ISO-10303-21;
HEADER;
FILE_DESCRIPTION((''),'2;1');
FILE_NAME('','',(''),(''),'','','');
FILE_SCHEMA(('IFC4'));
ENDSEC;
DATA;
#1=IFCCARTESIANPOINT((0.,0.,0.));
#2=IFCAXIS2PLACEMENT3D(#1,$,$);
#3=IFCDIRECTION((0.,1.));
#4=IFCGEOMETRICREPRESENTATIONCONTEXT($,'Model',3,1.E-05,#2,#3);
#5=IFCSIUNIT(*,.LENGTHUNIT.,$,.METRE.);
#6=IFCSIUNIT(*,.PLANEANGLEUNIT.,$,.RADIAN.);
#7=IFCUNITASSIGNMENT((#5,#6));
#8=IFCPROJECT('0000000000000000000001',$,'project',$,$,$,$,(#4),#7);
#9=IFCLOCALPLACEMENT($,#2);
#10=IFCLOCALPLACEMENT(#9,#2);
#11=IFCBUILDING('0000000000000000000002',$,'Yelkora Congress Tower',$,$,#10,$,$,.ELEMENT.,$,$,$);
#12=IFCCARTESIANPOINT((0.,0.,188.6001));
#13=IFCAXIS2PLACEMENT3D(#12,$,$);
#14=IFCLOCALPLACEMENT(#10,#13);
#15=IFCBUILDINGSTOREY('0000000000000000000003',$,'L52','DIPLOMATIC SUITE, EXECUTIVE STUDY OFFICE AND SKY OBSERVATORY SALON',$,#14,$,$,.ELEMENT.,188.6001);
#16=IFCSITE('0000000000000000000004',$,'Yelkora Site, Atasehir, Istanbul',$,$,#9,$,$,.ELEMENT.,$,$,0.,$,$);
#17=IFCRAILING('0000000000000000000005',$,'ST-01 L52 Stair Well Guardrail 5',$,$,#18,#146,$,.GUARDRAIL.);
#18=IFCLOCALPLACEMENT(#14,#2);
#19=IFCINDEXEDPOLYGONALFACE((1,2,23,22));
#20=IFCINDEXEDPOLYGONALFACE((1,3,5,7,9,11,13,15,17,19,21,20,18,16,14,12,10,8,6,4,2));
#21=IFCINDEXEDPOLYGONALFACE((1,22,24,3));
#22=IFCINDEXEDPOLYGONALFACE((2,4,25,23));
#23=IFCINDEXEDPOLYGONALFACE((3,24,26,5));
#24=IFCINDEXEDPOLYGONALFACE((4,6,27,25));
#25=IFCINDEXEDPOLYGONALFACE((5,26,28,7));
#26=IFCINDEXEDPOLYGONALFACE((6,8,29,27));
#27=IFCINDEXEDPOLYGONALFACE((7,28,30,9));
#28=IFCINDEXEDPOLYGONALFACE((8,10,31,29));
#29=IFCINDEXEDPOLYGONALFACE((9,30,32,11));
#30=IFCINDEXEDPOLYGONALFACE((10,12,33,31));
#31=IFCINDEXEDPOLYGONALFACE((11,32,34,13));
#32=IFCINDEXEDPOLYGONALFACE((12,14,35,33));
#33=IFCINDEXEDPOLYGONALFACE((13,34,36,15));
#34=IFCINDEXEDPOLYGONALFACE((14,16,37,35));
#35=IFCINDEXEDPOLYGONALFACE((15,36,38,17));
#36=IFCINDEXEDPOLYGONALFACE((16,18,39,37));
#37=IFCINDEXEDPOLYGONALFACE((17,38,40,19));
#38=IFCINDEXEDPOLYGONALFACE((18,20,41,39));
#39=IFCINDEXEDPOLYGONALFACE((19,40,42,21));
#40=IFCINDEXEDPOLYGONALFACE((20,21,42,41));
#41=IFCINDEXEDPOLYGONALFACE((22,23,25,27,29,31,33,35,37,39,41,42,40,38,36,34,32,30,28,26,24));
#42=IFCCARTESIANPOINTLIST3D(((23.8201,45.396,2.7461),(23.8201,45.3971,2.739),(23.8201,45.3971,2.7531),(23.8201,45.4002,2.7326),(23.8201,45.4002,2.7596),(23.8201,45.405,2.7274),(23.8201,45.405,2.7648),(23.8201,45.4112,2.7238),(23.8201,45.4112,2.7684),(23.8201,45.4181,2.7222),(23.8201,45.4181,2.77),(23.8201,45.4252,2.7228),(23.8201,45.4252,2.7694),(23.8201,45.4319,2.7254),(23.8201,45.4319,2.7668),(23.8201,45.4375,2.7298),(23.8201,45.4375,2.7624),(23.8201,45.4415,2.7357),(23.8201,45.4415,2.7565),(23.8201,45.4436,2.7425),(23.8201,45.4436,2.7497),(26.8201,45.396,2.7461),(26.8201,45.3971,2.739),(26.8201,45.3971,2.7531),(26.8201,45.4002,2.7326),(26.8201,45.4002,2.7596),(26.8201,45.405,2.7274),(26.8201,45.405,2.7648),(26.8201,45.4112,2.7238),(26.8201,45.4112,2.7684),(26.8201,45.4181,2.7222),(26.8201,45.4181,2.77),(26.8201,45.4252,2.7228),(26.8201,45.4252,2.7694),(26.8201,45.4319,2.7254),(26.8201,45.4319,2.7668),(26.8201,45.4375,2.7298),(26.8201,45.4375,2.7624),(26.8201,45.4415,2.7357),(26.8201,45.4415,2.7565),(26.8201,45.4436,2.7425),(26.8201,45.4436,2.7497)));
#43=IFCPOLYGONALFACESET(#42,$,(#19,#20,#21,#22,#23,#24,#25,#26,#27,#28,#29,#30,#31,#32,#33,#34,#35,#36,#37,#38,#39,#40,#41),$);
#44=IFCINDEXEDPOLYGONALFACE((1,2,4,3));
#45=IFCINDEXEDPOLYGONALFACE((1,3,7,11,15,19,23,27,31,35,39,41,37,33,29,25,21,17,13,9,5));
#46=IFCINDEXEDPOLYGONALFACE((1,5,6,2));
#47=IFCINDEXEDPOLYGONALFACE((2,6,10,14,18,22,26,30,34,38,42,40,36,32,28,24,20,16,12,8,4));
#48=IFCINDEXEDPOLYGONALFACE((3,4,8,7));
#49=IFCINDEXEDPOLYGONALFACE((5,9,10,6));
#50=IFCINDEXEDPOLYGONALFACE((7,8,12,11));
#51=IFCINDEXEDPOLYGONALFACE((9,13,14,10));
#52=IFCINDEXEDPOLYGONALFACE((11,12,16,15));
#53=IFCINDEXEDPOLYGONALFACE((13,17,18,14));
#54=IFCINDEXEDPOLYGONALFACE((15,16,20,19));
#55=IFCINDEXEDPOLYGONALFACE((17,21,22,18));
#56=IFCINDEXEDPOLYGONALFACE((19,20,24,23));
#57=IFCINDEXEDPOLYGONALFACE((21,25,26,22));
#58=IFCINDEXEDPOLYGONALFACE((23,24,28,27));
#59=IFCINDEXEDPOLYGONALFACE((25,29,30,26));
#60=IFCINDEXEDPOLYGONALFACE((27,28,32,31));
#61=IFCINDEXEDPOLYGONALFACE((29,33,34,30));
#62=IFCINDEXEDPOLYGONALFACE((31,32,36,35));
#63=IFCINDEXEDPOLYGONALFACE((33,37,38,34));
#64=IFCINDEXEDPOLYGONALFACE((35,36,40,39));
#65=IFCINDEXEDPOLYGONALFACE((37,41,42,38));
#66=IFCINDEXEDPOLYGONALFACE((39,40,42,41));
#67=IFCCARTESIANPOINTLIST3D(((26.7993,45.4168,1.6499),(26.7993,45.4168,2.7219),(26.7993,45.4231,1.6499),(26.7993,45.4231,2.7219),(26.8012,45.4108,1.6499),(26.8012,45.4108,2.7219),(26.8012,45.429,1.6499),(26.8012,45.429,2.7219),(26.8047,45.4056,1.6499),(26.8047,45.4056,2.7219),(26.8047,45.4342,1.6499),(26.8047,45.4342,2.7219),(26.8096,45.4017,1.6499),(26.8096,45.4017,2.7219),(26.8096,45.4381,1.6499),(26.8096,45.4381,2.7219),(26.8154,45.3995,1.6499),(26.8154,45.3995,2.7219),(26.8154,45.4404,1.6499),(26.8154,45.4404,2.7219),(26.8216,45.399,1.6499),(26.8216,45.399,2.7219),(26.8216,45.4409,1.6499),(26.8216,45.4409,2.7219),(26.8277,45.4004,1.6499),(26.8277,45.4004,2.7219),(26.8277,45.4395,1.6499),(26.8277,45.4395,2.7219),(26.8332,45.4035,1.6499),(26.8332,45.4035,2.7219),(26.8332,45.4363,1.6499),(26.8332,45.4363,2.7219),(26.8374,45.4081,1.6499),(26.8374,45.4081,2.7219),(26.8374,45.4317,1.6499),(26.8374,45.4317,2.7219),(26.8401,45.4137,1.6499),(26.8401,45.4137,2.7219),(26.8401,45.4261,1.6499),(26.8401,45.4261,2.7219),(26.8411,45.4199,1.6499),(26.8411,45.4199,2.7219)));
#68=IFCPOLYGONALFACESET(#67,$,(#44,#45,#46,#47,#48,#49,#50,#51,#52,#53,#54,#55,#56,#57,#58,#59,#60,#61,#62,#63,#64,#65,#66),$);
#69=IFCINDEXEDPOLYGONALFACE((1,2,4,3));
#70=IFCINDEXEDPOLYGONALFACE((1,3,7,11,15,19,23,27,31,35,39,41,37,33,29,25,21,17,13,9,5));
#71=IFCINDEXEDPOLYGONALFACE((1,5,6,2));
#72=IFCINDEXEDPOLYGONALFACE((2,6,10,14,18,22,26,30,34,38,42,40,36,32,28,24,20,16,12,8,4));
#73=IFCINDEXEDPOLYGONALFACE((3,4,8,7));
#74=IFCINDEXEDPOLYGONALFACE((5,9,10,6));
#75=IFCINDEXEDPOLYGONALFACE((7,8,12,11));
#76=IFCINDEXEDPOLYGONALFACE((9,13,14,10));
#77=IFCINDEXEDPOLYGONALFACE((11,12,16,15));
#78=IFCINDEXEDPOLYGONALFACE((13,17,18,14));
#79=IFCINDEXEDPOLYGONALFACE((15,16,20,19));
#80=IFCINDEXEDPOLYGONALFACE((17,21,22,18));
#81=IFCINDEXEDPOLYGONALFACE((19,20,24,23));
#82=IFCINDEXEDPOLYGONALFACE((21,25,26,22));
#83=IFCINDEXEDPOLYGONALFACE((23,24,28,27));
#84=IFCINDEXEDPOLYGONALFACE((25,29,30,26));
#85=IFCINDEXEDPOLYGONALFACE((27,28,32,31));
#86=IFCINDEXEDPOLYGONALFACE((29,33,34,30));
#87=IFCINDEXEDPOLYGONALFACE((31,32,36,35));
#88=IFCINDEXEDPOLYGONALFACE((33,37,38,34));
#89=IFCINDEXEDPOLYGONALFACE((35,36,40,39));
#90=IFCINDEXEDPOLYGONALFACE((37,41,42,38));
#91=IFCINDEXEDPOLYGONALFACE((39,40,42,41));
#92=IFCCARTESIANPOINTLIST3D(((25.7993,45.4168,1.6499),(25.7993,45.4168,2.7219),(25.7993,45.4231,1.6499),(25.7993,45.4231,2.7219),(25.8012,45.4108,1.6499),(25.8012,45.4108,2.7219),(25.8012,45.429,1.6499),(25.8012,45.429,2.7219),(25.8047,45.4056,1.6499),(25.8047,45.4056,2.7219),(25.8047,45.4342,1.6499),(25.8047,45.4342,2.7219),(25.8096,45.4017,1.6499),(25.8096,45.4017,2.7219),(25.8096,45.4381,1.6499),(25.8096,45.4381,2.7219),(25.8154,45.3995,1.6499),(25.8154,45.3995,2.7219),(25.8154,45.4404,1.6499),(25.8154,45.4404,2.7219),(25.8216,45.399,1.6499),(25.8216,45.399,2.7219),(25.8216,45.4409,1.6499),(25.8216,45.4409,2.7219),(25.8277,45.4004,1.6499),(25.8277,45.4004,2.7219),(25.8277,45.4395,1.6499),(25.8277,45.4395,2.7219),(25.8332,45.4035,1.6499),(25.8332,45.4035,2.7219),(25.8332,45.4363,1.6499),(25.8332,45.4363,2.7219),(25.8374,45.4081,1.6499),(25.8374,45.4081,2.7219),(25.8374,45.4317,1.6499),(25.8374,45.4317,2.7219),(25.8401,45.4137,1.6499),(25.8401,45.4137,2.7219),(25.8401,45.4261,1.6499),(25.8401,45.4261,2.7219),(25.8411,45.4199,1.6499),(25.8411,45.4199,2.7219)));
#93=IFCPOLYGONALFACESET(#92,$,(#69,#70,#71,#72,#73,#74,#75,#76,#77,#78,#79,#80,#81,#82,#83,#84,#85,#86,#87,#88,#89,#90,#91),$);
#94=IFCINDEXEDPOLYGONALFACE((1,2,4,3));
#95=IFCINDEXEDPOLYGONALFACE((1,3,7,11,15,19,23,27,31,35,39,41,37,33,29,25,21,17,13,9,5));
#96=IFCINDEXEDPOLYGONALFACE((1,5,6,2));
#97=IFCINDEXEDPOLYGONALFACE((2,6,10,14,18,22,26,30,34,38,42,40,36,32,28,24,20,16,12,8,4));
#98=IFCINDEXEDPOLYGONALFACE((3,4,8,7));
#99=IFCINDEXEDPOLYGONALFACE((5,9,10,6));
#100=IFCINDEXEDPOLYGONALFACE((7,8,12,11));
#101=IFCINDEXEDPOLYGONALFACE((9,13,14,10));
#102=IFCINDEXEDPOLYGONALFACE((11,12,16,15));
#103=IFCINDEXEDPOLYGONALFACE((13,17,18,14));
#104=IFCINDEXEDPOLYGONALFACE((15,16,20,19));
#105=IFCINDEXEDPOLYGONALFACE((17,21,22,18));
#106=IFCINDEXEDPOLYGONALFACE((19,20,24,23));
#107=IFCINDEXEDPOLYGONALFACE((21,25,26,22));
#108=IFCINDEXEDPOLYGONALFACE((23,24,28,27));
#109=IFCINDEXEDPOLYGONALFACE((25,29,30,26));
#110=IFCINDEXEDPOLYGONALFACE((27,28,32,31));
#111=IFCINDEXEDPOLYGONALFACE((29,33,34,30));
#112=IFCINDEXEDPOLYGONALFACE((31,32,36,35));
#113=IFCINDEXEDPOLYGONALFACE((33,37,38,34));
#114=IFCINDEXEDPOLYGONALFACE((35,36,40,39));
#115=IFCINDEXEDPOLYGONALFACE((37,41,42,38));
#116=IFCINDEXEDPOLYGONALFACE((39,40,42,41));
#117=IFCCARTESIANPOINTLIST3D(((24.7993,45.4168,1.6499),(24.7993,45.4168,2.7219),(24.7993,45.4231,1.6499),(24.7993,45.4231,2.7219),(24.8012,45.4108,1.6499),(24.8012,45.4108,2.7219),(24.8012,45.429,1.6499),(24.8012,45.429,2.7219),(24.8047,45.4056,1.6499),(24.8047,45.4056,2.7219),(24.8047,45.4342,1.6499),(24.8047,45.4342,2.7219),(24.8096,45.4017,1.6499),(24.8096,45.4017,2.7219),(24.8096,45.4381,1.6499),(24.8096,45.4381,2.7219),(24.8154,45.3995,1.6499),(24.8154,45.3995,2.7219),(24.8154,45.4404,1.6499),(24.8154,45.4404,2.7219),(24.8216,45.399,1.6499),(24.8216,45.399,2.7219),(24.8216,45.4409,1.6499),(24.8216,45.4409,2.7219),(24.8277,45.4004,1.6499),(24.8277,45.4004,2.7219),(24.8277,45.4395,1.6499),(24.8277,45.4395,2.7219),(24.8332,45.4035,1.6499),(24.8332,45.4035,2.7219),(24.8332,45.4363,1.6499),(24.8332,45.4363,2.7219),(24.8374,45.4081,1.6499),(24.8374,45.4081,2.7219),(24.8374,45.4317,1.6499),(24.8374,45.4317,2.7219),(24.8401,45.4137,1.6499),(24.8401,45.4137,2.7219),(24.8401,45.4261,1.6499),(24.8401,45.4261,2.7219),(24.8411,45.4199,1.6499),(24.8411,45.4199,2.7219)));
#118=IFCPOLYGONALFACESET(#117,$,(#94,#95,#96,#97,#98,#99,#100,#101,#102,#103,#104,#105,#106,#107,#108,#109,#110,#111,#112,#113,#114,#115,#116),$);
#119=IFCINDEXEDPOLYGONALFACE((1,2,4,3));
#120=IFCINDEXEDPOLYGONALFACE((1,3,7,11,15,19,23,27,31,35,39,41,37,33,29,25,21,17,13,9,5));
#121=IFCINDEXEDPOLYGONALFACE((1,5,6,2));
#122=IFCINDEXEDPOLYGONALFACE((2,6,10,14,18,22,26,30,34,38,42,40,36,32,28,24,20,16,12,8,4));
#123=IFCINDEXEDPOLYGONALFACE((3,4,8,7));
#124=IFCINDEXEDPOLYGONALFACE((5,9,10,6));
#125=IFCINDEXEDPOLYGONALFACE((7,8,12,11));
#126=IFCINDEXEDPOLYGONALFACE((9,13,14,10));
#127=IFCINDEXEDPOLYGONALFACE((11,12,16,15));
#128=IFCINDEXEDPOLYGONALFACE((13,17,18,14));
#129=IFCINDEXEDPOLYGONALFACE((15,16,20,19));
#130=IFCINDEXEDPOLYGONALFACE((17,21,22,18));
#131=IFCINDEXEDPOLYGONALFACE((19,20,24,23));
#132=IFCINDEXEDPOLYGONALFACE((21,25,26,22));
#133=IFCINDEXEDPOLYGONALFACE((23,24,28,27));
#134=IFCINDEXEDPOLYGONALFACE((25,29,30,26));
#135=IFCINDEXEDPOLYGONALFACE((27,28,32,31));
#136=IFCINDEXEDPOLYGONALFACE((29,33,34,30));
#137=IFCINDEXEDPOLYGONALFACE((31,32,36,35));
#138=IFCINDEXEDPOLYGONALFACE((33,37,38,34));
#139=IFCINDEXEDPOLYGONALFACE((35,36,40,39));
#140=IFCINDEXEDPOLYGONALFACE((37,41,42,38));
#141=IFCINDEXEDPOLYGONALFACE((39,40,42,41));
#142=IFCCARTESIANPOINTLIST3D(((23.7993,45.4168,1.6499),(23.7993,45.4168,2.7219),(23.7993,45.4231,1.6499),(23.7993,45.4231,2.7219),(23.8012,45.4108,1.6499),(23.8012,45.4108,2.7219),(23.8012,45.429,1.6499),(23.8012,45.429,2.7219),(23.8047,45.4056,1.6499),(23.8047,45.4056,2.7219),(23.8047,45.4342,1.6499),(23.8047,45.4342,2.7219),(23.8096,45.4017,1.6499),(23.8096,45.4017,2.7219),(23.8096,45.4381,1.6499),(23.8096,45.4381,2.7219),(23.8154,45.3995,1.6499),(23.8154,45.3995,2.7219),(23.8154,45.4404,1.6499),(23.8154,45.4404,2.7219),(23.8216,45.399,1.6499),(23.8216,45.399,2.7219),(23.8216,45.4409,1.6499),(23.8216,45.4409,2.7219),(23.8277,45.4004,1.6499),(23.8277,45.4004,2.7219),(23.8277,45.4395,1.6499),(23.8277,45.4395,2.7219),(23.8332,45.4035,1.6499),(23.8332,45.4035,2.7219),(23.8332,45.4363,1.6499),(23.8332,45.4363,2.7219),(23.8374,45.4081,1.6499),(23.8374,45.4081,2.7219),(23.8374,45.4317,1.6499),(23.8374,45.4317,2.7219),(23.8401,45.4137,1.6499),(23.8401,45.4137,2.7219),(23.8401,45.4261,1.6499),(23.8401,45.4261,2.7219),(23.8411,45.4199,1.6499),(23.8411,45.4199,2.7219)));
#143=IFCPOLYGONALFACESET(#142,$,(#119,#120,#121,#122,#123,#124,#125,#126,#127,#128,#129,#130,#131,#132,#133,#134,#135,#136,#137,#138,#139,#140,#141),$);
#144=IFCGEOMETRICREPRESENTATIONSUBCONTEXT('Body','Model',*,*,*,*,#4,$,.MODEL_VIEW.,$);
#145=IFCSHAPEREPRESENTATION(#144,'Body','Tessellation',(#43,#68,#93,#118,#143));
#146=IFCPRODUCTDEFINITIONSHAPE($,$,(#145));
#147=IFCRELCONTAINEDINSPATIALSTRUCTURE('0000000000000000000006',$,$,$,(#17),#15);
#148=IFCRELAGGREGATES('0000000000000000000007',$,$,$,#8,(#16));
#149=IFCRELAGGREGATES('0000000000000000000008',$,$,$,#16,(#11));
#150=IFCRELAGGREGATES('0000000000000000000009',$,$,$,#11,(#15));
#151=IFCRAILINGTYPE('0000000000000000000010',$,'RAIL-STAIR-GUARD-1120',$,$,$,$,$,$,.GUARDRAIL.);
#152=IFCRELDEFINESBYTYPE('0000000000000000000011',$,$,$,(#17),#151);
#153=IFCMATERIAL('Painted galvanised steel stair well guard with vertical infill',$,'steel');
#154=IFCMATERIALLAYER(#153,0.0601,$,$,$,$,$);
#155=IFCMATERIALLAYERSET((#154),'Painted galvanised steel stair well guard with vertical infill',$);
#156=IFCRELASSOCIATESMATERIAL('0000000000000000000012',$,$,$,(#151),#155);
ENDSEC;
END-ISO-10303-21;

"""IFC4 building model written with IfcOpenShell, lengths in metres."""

from ifc_helpers import new_model, si_unit, direction, frame, origin, origin_2d, place, context, subcontext, project, spatial, circle, extrude, material, layer, layer_set, type_object, element, save


model = new_model("IFC4")

# Units and contexts
model_context = context("Model", 3, precision=1e-05, world=origin(), true_north=direction((0.0, 1.0)))
body_context = subcontext(model_context, "Body", "Model", "MODEL_VIEW")
ifc_project = project(units=[si_unit("LENGTHUNIT", "METRE"), si_unit("PLANEANGLEUNIT", "RADIAN")], contexts=[model_context])

# Site, building, storey
site_placement = place(None, origin())
site = spatial("IfcSite", under=ifc_project, at=site_placement, Name="Yelkora Site, Atasehir, Istanbul", CompositionType="ELEMENT", RefElevation=0.0)
building_placement = place(site_placement, origin())
building = spatial("IfcBuilding", under=site, at=building_placement, Name="Yelkora Congress Tower", CompositionType="ELEMENT")
storey_placement = place(building_placement, frame((0.0, 0.0, 188.6001)))
storey = spatial("IfcBuildingStorey", under=building, at=storey_placement, Name="L52", Description="DIPLOMATIC SUITE, EXECUTIVE STUDY OFFICE AND SKY OBSERVATORY SALON", CompositionType="ELEMENT", Elevation=188.6001)

# Railing
ifc_material_1 = material(Name="Painted galvanised steel stair well guard with vertical infill", Category="steel")
ifc_layer_1 = layer(ifc_material_1, 0.0601)
ifc_layer_set_1 = layer_set([ifc_layer_1], Name="Painted galvanised steel stair well guard with vertical infill")
railing_type = type_object("IfcRailingType", Name="RAIL-STAIR-GUARD-1120", PredefinedType="GUARDRAIL", material=ifc_layer_set_1)
railing_1_placement = place(storey_placement, frame((26.8201, 45.4199, 1.6499)))
element("IfcRailing", 1, at=railing_1_placement, inside=storey, type_object=railing_type, Name="ST-01 L52 Stair Well Guardrail 5", PredefinedType="GUARDRAIL", context=body_context, shape_type="SweptSolid", body=[
    extrude(circle(Radius=0.0239, at=origin_2d()), frame((0.0, 0.0, 1.0962), z_axis=(-1.0, 0.0, 0.0), x_axis=(0.0, -1.0, 0.0)), (0.0, 0.0, 1.0), 3.0),
    extrude(circle(Radius=0.021, at=origin_2d()), origin(), (0.0, 0.0, 1.0), 1.072),
    extrude(circle(Radius=0.021, at=origin_2d()), frame((-1.0, 0.0, 0.0)), (0.0, 0.0, 1.0), 1.072),
    extrude(circle(Radius=0.021, at=origin_2d()), frame((-2.0, 0.0, 0.0)), (0.0, 0.0, 1.0), 1.072),
    extrude(circle(Radius=0.021, at=origin_2d()), frame((-3.0, 0.0, 0.0)), (0.0, 0.0, 1.0), 1.072),
])

save(model, "model.ifc")
